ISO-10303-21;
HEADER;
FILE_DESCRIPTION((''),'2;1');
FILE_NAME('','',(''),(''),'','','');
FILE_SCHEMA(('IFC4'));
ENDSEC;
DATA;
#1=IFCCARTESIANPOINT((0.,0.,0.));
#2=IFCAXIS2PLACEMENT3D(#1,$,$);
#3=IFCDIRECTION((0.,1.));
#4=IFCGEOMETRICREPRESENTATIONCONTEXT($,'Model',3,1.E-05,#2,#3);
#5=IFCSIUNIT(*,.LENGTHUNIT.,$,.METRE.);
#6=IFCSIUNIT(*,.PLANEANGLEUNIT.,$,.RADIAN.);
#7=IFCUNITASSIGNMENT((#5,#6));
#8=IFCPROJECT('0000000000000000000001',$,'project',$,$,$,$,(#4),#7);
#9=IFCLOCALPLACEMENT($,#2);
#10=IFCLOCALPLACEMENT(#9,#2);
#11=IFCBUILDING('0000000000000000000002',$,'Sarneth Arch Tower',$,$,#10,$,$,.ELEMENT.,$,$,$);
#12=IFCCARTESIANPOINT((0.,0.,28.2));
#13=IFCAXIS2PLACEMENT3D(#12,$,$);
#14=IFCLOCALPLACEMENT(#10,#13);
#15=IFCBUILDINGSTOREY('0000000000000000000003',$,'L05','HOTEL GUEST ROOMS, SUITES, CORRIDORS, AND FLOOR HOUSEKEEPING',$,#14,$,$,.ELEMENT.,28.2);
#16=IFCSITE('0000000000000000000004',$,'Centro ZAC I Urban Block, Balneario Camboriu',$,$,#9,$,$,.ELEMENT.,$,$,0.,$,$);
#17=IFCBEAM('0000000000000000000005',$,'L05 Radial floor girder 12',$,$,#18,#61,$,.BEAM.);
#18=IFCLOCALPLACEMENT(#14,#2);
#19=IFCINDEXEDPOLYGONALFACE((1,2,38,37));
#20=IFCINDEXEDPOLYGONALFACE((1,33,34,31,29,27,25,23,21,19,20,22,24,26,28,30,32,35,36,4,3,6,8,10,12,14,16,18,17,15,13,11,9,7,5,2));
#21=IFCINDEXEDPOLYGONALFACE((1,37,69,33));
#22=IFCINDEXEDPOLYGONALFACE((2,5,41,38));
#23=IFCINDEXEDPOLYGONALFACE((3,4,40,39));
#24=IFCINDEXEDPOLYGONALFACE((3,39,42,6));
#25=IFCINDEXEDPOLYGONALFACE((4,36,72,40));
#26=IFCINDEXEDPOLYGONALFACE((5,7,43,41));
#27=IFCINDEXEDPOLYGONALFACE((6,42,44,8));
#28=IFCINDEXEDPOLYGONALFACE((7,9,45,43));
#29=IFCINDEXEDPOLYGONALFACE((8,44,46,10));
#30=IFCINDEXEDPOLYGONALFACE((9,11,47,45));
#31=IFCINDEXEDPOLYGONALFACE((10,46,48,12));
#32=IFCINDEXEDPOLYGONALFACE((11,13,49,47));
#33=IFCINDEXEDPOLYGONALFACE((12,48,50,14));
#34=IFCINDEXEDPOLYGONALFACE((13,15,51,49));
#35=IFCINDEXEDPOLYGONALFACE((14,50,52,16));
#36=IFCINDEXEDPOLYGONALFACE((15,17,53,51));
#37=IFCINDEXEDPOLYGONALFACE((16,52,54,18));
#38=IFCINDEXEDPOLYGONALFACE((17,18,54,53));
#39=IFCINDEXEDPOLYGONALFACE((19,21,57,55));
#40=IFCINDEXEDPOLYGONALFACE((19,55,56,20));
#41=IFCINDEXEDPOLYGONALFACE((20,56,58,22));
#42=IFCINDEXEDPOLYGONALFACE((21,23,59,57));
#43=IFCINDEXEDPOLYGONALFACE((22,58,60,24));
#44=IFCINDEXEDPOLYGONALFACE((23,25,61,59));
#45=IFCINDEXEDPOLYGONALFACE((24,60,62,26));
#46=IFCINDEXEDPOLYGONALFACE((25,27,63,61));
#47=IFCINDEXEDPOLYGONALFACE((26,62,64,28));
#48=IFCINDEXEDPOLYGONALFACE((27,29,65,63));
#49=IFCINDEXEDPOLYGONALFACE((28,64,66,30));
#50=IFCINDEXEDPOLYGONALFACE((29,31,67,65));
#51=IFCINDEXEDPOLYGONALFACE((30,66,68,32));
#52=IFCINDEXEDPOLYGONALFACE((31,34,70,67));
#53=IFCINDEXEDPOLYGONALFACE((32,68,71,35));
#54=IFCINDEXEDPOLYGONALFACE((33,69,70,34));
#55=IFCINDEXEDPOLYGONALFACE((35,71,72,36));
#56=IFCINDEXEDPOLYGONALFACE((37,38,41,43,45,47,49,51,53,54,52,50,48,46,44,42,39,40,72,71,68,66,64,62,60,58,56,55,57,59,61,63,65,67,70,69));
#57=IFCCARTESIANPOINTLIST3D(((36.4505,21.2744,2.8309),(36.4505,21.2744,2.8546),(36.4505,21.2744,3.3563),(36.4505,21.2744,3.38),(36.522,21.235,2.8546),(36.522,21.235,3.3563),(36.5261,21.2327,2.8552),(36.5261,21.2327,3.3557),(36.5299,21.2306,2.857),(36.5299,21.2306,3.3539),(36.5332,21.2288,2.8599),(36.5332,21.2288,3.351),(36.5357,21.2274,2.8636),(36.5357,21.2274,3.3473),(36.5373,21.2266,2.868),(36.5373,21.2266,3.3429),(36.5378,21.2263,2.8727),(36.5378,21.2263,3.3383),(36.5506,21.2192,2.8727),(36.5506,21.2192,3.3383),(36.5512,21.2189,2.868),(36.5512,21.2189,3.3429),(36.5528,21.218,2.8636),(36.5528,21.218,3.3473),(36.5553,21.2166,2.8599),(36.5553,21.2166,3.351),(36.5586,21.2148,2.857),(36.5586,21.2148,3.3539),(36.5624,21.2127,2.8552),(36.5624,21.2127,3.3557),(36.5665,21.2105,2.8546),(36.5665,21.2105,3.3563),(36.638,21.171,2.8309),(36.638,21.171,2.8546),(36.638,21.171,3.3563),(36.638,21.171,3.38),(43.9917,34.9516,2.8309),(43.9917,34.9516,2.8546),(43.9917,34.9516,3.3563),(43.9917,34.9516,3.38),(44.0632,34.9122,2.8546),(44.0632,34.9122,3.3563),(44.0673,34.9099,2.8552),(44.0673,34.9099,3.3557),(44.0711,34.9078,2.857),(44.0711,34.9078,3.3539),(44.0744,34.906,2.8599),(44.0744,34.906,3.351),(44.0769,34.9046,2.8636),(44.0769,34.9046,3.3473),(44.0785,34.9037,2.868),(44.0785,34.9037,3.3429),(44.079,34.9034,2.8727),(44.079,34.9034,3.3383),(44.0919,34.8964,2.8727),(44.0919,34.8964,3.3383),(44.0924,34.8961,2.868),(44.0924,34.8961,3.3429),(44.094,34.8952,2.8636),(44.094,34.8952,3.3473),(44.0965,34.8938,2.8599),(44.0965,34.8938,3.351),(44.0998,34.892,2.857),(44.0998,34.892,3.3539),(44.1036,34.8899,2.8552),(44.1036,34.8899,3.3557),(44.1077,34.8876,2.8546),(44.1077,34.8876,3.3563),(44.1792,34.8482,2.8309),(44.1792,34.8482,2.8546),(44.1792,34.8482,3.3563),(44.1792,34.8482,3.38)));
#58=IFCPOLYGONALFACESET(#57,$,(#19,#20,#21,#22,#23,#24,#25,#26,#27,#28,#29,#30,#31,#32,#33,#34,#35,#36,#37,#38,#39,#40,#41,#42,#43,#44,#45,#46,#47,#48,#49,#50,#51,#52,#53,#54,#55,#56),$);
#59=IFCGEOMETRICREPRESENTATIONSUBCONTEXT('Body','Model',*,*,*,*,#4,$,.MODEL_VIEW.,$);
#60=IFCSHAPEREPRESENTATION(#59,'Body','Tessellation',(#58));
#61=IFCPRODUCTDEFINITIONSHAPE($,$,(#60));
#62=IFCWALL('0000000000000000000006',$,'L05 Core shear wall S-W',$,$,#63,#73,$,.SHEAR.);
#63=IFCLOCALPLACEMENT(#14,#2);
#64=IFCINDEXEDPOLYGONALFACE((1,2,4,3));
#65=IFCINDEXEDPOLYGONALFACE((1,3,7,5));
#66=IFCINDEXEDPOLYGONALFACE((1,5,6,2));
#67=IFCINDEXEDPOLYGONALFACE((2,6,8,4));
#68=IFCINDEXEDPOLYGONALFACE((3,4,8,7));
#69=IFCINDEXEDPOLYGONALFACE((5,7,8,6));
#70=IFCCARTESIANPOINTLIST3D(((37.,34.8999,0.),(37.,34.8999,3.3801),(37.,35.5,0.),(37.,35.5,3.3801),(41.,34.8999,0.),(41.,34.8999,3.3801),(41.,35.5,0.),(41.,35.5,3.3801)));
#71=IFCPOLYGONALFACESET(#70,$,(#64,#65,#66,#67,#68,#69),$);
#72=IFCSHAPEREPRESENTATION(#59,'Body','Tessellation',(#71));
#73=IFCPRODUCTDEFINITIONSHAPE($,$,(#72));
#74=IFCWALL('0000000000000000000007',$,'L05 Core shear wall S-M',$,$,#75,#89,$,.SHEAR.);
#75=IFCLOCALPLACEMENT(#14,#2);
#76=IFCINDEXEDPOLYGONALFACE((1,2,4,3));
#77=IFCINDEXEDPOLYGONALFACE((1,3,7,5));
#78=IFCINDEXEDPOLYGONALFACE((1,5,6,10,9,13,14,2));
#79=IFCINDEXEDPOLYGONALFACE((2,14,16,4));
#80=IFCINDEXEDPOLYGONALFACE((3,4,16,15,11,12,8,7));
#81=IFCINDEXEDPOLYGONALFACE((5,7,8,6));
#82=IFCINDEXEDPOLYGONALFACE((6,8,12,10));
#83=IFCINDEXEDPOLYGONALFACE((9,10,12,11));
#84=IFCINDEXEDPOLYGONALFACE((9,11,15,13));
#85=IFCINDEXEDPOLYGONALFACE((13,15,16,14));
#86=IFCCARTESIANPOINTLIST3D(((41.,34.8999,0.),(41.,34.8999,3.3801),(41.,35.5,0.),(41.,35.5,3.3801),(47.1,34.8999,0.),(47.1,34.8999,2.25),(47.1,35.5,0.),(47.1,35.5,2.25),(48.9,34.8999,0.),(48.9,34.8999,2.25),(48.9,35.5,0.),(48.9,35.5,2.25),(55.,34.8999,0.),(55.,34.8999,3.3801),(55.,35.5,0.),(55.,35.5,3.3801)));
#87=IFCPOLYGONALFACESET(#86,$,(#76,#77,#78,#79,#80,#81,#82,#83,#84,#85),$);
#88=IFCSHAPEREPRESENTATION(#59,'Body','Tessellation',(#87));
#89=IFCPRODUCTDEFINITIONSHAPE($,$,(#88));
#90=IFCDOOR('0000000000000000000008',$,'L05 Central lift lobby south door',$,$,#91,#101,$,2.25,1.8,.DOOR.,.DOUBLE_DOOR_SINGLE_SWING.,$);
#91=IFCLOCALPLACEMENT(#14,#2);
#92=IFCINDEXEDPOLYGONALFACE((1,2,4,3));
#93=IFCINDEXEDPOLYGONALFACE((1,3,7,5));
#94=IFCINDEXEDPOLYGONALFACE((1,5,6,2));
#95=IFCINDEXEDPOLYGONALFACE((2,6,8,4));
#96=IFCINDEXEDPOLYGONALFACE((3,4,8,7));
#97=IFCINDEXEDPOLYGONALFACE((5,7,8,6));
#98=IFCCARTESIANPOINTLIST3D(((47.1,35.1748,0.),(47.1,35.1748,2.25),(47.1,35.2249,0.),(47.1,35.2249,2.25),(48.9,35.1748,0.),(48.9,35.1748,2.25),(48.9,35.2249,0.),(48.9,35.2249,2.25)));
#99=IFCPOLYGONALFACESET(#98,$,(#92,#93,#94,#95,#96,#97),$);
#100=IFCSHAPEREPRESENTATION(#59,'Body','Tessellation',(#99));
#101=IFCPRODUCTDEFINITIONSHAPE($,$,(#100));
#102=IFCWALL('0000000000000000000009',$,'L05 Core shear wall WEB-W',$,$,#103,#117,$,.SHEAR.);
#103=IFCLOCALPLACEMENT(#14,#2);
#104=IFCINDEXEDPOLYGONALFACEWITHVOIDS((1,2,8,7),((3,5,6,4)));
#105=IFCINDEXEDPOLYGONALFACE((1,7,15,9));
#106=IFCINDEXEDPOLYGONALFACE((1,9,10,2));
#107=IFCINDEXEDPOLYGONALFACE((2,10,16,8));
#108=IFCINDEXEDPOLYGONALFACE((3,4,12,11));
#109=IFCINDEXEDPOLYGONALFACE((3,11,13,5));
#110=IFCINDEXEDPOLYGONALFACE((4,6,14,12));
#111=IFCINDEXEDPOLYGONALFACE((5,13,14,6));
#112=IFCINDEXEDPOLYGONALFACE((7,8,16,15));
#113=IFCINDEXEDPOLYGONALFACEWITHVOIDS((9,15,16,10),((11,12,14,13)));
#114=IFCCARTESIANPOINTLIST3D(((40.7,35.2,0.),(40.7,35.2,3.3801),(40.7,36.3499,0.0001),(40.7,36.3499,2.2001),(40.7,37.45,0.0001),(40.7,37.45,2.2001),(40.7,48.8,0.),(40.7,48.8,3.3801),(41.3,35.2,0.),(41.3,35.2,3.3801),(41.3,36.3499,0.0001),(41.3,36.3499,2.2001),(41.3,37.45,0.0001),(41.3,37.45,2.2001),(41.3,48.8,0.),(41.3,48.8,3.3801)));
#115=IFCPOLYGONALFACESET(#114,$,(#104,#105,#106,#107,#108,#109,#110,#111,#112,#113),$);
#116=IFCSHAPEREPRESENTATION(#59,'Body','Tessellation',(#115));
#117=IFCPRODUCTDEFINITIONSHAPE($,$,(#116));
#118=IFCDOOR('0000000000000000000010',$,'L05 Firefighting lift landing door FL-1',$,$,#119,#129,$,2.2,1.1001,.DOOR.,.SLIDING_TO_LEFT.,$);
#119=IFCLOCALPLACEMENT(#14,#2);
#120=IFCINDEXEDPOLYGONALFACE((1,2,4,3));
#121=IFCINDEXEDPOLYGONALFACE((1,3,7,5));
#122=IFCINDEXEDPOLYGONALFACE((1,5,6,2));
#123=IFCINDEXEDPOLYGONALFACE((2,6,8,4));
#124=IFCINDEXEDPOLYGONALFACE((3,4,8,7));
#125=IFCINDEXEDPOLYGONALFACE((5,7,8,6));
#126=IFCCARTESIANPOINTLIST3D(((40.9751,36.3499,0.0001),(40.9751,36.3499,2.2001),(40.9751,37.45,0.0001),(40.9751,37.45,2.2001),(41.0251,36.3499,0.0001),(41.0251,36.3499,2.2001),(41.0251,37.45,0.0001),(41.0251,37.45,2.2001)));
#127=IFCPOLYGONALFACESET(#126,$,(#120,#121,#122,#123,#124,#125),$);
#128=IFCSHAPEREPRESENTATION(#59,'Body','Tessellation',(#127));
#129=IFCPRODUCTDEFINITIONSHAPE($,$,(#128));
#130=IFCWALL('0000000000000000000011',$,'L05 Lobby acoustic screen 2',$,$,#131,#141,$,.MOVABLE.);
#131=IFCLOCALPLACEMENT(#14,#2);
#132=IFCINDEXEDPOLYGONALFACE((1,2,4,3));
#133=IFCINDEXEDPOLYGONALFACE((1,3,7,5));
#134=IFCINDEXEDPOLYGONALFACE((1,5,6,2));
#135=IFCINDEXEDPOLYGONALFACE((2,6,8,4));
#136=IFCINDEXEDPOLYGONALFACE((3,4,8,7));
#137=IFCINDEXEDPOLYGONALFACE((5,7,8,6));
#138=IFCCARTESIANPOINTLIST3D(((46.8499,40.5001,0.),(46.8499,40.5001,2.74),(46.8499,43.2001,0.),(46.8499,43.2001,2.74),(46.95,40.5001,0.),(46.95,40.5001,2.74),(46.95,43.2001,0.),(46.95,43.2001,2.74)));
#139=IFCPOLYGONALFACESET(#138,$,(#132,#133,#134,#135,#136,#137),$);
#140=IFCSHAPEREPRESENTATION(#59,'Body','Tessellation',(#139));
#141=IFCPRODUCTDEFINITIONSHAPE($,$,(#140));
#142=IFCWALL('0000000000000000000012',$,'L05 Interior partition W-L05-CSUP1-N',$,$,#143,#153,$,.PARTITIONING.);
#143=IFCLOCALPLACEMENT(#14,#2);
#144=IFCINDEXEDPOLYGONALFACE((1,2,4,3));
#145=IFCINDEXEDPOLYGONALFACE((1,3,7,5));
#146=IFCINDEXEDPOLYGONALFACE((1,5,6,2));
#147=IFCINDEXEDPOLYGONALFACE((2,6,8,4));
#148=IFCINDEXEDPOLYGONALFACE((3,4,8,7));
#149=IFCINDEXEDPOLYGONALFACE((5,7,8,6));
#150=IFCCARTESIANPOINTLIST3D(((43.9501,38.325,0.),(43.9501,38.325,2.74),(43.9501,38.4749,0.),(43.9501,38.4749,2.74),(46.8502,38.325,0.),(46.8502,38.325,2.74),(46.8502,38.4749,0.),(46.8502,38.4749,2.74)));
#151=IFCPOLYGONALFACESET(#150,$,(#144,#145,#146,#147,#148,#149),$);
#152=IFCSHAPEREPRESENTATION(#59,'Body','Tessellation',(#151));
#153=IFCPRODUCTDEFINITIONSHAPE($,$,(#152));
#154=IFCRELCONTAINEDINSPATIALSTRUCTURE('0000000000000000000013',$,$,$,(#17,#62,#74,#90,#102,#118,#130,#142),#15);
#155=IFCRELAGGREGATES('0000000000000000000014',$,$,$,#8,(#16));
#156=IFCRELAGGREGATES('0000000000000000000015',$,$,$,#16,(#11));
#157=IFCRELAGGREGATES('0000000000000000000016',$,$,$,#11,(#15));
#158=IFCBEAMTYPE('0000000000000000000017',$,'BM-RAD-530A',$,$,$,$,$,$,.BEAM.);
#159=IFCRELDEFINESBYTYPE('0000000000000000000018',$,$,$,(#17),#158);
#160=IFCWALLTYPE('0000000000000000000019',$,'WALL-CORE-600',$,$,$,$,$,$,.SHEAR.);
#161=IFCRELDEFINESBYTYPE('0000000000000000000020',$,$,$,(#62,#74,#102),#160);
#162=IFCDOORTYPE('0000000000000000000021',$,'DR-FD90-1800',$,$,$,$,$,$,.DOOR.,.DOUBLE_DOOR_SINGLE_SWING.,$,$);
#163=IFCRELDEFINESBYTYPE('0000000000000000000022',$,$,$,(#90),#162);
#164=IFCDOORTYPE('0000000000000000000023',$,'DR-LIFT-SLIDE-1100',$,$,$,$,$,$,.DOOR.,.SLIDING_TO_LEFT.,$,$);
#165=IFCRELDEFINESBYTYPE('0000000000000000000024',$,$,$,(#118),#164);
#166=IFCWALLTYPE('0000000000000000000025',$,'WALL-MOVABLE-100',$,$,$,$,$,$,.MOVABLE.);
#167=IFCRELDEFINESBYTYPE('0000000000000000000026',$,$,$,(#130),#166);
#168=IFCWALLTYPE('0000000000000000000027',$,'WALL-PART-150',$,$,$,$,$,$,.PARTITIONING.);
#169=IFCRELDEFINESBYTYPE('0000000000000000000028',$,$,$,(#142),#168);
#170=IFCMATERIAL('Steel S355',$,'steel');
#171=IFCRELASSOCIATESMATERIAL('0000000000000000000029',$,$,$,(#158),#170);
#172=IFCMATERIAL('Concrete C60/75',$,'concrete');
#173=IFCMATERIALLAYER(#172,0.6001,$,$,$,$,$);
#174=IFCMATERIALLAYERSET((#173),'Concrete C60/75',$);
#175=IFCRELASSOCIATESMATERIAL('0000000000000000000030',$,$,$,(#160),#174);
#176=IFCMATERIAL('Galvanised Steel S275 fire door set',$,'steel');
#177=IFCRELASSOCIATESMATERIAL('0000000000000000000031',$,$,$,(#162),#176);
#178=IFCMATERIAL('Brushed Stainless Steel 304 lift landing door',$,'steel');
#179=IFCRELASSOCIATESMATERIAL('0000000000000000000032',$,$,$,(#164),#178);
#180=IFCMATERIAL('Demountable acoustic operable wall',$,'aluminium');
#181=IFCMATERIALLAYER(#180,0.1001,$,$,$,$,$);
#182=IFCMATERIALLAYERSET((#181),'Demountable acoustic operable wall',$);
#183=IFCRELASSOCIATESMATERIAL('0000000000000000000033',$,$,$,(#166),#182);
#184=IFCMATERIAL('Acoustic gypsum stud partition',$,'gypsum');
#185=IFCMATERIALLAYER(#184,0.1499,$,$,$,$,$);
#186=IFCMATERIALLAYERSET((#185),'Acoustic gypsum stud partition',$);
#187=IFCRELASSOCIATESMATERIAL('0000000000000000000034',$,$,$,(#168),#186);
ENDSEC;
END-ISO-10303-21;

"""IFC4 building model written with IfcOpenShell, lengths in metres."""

from ifc_helpers import new_model, si_unit, direction, frame, frame_2d, origin, origin_2d, place, context, subcontext, project, spatial, rectangle, i_section, extrude, material, layer, layer_set, material_profile, profile_set, type_object, element, fill, save


model = new_model("IFC4")

# Units and contexts
model_context = context("Model", 3, precision=1e-05, world=origin(), true_north=direction((0.0, 1.0)))
body_context = subcontext(model_context, "Body", "Model", "MODEL_VIEW")
ifc_project = project(units=[si_unit("LENGTHUNIT", "METRE"), si_unit("PLANEANGLEUNIT", "RADIAN")], contexts=[model_context])

# Site, building, storey
site_placement = place(None, origin())
site = spatial("IfcSite", under=ifc_project, at=site_placement, Name="Centro ZAC I Urban Block, Balneario Camboriu", CompositionType="ELEMENT", RefElevation=0.0)
building_placement = place(site_placement, origin())
building = spatial("IfcBuilding", under=site, at=building_placement, Name="Sarneth Arch Tower", CompositionType="ELEMENT")
storey_placement = place(building_placement, frame((0.0, 0.0, 28.2)))
storey = spatial("IfcBuildingStorey", under=building, at=storey_placement, Name="L05", Description="HOTEL GUEST ROOMS, SUITES, CORRIDORS, AND FLOOR HOUSEKEEPING", CompositionType="ELEMENT", Elevation=28.2)

# Beam
ifc_material_1 = material(Name="Steel S355", Category="steel")
ifc_material_profile_1 = material_profile(ifc_material_1, i_section(OverallWidth=0.2141, OverallDepth=0.5491, WebThickness=0.0146, FlangeThickness=0.0237, FilletRadius=0.0181, at=origin_2d()), Name="W530x138")
ifc_profile_set_1 = profile_set([ifc_material_profile_1], Name="Steel S355")
beam_type_1 = type_object("IfcBeamType", Name="BM-RAD-530A", PredefinedType="BEAM", material=ifc_profile_set_1)
beam_1_placement = place(storey_placement, frame((44.0854, 34.8999, 3.1055), z_axis=(-0.482841, -0.875708, 0.0), x_axis=(0.875708, -0.482841, 0.0)))
element("IfcBeam", 1, at=beam_1_placement, inside=storey, type_object=beam_type_1, Name="L05 Radial floor girder 12", PredefinedType="BEAM", context=body_context, shape_type="SweptSolid", body=[
    extrude(i_section(OverallWidth=0.2141, OverallDepth=0.5491, WebThickness=0.0146, FlangeThickness=0.0237, FilletRadius=0.0181, at=origin_2d()), origin(), (0.0, 0.0, 1.0), 15.6184),
])

# Wall
ifc_material_2 = material(Name="Concrete C60/75", Category="concrete")
ifc_layer_1 = layer(ifc_material_2, 0.6001)
ifc_layer_set_1 = layer_set([ifc_layer_1], Name="Concrete C60/75")
wall_type_1 = type_object("IfcWallType", Name="WALL-CORE-600", PredefinedType="SHEAR", material=ifc_layer_set_1)
wall_1_placement = place(storey_placement, frame((37.0, 35.2, 0.0), z_axis=(0.0, 0.0, 1.0), x_axis=(1.0, 0.0, 0.0)))
element("IfcWall", 2, at=wall_1_placement, inside=storey, type_object=wall_type_1, Name="L05 Core shear wall S-W", PredefinedType="SHEAR", context=body_context, shape_type="SweptSolid", body=[
    extrude(rectangle(XDim=4.0, YDim=0.6001, at=frame_2d((2.0, 0.0))), origin(), (0.0, 0.0, 1.0), 3.3801),
])

# Walls, openings, doors
wall_2_placement = place(storey_placement, frame((41.0, 35.2, 0.0), z_axis=(0.0, 0.0, 1.0), x_axis=(1.0, 0.0, 0.0)))
wall_2 = element("IfcWall", 3, at=wall_2_placement, inside=storey, type_object=wall_type_1, Name="L05 Core shear wall S-M", PredefinedType="SHEAR", context=body_context, shape_type="SweptSolid", body=[
    extrude(rectangle(XDim=14.0, YDim=0.6001, at=frame_2d((7.0, 0.0))), origin(), (0.0, 0.0, 1.0), 3.3801),
])
opening_1_placement = place(wall_2_placement, frame((6.1001, 0.0, 0.0)))
opening_1 = element("IfcOpeningElement", 4, at=opening_1_placement, cuts=wall_2, PredefinedType="OPENING", context=body_context, shape_type="SweptSolid", body=[
    extrude(rectangle(XDim=1.8, YDim=2.25, at=frame_2d((0.8999, 1.125))), frame((0.0, 0.3101, 0.0), z_axis=(0.0, -1.0, 0.0), x_axis=(1.0, 0.0, 0.0)), (0.0, 0.0, 1.0), 0.6201),
])
ifc_material_3 = material(Name="Galvanised Steel S275 fire door set", Category="steel")
door_type_1 = type_object("IfcDoorType", Name="DR-FD90-1800", OperationType="DOUBLE_DOOR_SINGLE_SWING", PredefinedType="DOOR", material=ifc_material_3)
door_1_placement = place(opening_1_placement, origin())
door_1 = element("IfcDoor", 5, at=door_1_placement, inside=storey, type_object=door_type_1, Name="L05 Central lift lobby south door", OperationType="DOUBLE_DOOR_SINGLE_SWING", OverallHeight=2.25, OverallWidth=1.8, PredefinedType="DOOR", context=body_context, shape_type="SweptSolid", body=[
    extrude(rectangle(XDim=1.8, YDim=2.25, at=frame_2d((0.8999, 1.125))), frame((0.0, 0.0249, 0.0), z_axis=(0.0, -1.0, 0.0), x_axis=(1.0, 0.0, 0.0)), (0.0, 0.0, 1.0), 0.05),
])
fill(opening_1, door_1)
wall_3_placement = place(storey_placement, frame((41.0, 35.2, 0.0), z_axis=(0.0, 0.0, 1.0), x_axis=(0.0, 1.0, 0.0)))
wall_3 = element("IfcWall", 6, at=wall_3_placement, inside=storey, type_object=wall_type_1, Name="L05 Core shear wall WEB-W", PredefinedType="SHEAR", context=body_context, shape_type="SweptSolid", body=[
    extrude(rectangle(XDim=13.6001, YDim=0.6001, at=frame_2d((6.8, 0.0))), origin(), (0.0, 0.0, 1.0), 3.3801),
])
opening_2_placement = place(wall_3_placement, frame((1.1499, 0.0, 0.0)))
opening_2 = element("IfcOpeningElement", 7, at=opening_2_placement, cuts=wall_3, PredefinedType="OPENING", context=body_context, shape_type="SweptSolid", body=[
    extrude(rectangle(XDim=1.1001, YDim=2.2, at=frame_2d((0.55, 1.1001))), frame((0.0, 0.3101, 0.0), z_axis=(0.0, -1.0, 0.0), x_axis=(1.0, 0.0, 0.0)), (0.0, 0.0, 1.0), 0.6201),
])
ifc_material_4 = material(Name="Brushed Stainless Steel 304 lift landing door", Category="steel")
door_type_2 = type_object("IfcDoorType", Name="DR-LIFT-SLIDE-1100", OperationType="SLIDING_TO_LEFT", PredefinedType="DOOR", material=ifc_material_4)
door_2_placement = place(opening_2_placement, origin())
door_2 = element("IfcDoor", 8, at=door_2_placement, inside=storey, type_object=door_type_2, Name="L05 Firefighting lift landing door FL-1", OperationType="SLIDING_TO_LEFT", OverallHeight=2.2, OverallWidth=1.1001, PredefinedType="DOOR", context=body_context, shape_type="SweptSolid", body=[
    extrude(rectangle(XDim=1.1001, YDim=2.2, at=frame_2d((0.55, 1.1001))), frame((0.0, 0.0249, 0.0), z_axis=(0.0, -1.0, 0.0), x_axis=(1.0, 0.0, 0.0)), (0.0, 0.0, 1.0), 0.05),
])
fill(opening_2, door_2)

# Walls
ifc_material_5 = material(Name="Demountable acoustic operable wall", Category="aluminium")
ifc_layer_2 = layer(ifc_material_5, 0.1001)
ifc_layer_set_2 = layer_set([ifc_layer_2], Name="Demountable acoustic operable wall")
wall_type_2 = type_object("IfcWallType", Name="WALL-MOVABLE-100", PredefinedType="MOVABLE", material=ifc_layer_set_2)
wall_4_placement = place(storey_placement, frame((46.8999, 40.5, 0.0), z_axis=(0.0, 0.0, 1.0), x_axis=(0.0, 1.0, 0.0)))
element("IfcWall", 9, at=wall_4_placement, inside=storey, type_object=wall_type_2, Name="L05 Lobby acoustic screen 2", PredefinedType="MOVABLE", context=body_context, shape_type="SweptSolid", body=[
    extrude(rectangle(XDim=2.7, YDim=0.1001, at=frame_2d((1.3501, 0.0))), origin(), (0.0, 0.0, 1.0), 2.74),
])
ifc_material_6 = material(Name="Acoustic gypsum stud partition", Category="gypsum")
ifc_layer_3 = layer(ifc_material_6, 0.1499)
ifc_layer_set_3 = layer_set([ifc_layer_3], Name="Acoustic gypsum stud partition")
wall_type_3 = type_object("IfcWallType", Name="WALL-PART-150", PredefinedType="PARTITIONING", material=ifc_layer_set_3)
wall_5_placement = place(storey_placement, frame((43.95, 38.3999, 0.0), z_axis=(0.0, 0.0, 1.0), x_axis=(1.0, 0.0, 0.0)))
element("IfcWall", 10, at=wall_5_placement, inside=storey, type_object=wall_type_3, Name="L05 Interior partition W-L05-CSUP1-N", PredefinedType="PARTITIONING", context=body_context, shape_type="SweptSolid", body=[
    extrude(rectangle(XDim=2.9001, YDim=0.1499, at=frame_2d((1.4502, 0.0))), origin(), (0.0, 0.0, 1.0), 2.74),
])

save(model, "model.ifc")
